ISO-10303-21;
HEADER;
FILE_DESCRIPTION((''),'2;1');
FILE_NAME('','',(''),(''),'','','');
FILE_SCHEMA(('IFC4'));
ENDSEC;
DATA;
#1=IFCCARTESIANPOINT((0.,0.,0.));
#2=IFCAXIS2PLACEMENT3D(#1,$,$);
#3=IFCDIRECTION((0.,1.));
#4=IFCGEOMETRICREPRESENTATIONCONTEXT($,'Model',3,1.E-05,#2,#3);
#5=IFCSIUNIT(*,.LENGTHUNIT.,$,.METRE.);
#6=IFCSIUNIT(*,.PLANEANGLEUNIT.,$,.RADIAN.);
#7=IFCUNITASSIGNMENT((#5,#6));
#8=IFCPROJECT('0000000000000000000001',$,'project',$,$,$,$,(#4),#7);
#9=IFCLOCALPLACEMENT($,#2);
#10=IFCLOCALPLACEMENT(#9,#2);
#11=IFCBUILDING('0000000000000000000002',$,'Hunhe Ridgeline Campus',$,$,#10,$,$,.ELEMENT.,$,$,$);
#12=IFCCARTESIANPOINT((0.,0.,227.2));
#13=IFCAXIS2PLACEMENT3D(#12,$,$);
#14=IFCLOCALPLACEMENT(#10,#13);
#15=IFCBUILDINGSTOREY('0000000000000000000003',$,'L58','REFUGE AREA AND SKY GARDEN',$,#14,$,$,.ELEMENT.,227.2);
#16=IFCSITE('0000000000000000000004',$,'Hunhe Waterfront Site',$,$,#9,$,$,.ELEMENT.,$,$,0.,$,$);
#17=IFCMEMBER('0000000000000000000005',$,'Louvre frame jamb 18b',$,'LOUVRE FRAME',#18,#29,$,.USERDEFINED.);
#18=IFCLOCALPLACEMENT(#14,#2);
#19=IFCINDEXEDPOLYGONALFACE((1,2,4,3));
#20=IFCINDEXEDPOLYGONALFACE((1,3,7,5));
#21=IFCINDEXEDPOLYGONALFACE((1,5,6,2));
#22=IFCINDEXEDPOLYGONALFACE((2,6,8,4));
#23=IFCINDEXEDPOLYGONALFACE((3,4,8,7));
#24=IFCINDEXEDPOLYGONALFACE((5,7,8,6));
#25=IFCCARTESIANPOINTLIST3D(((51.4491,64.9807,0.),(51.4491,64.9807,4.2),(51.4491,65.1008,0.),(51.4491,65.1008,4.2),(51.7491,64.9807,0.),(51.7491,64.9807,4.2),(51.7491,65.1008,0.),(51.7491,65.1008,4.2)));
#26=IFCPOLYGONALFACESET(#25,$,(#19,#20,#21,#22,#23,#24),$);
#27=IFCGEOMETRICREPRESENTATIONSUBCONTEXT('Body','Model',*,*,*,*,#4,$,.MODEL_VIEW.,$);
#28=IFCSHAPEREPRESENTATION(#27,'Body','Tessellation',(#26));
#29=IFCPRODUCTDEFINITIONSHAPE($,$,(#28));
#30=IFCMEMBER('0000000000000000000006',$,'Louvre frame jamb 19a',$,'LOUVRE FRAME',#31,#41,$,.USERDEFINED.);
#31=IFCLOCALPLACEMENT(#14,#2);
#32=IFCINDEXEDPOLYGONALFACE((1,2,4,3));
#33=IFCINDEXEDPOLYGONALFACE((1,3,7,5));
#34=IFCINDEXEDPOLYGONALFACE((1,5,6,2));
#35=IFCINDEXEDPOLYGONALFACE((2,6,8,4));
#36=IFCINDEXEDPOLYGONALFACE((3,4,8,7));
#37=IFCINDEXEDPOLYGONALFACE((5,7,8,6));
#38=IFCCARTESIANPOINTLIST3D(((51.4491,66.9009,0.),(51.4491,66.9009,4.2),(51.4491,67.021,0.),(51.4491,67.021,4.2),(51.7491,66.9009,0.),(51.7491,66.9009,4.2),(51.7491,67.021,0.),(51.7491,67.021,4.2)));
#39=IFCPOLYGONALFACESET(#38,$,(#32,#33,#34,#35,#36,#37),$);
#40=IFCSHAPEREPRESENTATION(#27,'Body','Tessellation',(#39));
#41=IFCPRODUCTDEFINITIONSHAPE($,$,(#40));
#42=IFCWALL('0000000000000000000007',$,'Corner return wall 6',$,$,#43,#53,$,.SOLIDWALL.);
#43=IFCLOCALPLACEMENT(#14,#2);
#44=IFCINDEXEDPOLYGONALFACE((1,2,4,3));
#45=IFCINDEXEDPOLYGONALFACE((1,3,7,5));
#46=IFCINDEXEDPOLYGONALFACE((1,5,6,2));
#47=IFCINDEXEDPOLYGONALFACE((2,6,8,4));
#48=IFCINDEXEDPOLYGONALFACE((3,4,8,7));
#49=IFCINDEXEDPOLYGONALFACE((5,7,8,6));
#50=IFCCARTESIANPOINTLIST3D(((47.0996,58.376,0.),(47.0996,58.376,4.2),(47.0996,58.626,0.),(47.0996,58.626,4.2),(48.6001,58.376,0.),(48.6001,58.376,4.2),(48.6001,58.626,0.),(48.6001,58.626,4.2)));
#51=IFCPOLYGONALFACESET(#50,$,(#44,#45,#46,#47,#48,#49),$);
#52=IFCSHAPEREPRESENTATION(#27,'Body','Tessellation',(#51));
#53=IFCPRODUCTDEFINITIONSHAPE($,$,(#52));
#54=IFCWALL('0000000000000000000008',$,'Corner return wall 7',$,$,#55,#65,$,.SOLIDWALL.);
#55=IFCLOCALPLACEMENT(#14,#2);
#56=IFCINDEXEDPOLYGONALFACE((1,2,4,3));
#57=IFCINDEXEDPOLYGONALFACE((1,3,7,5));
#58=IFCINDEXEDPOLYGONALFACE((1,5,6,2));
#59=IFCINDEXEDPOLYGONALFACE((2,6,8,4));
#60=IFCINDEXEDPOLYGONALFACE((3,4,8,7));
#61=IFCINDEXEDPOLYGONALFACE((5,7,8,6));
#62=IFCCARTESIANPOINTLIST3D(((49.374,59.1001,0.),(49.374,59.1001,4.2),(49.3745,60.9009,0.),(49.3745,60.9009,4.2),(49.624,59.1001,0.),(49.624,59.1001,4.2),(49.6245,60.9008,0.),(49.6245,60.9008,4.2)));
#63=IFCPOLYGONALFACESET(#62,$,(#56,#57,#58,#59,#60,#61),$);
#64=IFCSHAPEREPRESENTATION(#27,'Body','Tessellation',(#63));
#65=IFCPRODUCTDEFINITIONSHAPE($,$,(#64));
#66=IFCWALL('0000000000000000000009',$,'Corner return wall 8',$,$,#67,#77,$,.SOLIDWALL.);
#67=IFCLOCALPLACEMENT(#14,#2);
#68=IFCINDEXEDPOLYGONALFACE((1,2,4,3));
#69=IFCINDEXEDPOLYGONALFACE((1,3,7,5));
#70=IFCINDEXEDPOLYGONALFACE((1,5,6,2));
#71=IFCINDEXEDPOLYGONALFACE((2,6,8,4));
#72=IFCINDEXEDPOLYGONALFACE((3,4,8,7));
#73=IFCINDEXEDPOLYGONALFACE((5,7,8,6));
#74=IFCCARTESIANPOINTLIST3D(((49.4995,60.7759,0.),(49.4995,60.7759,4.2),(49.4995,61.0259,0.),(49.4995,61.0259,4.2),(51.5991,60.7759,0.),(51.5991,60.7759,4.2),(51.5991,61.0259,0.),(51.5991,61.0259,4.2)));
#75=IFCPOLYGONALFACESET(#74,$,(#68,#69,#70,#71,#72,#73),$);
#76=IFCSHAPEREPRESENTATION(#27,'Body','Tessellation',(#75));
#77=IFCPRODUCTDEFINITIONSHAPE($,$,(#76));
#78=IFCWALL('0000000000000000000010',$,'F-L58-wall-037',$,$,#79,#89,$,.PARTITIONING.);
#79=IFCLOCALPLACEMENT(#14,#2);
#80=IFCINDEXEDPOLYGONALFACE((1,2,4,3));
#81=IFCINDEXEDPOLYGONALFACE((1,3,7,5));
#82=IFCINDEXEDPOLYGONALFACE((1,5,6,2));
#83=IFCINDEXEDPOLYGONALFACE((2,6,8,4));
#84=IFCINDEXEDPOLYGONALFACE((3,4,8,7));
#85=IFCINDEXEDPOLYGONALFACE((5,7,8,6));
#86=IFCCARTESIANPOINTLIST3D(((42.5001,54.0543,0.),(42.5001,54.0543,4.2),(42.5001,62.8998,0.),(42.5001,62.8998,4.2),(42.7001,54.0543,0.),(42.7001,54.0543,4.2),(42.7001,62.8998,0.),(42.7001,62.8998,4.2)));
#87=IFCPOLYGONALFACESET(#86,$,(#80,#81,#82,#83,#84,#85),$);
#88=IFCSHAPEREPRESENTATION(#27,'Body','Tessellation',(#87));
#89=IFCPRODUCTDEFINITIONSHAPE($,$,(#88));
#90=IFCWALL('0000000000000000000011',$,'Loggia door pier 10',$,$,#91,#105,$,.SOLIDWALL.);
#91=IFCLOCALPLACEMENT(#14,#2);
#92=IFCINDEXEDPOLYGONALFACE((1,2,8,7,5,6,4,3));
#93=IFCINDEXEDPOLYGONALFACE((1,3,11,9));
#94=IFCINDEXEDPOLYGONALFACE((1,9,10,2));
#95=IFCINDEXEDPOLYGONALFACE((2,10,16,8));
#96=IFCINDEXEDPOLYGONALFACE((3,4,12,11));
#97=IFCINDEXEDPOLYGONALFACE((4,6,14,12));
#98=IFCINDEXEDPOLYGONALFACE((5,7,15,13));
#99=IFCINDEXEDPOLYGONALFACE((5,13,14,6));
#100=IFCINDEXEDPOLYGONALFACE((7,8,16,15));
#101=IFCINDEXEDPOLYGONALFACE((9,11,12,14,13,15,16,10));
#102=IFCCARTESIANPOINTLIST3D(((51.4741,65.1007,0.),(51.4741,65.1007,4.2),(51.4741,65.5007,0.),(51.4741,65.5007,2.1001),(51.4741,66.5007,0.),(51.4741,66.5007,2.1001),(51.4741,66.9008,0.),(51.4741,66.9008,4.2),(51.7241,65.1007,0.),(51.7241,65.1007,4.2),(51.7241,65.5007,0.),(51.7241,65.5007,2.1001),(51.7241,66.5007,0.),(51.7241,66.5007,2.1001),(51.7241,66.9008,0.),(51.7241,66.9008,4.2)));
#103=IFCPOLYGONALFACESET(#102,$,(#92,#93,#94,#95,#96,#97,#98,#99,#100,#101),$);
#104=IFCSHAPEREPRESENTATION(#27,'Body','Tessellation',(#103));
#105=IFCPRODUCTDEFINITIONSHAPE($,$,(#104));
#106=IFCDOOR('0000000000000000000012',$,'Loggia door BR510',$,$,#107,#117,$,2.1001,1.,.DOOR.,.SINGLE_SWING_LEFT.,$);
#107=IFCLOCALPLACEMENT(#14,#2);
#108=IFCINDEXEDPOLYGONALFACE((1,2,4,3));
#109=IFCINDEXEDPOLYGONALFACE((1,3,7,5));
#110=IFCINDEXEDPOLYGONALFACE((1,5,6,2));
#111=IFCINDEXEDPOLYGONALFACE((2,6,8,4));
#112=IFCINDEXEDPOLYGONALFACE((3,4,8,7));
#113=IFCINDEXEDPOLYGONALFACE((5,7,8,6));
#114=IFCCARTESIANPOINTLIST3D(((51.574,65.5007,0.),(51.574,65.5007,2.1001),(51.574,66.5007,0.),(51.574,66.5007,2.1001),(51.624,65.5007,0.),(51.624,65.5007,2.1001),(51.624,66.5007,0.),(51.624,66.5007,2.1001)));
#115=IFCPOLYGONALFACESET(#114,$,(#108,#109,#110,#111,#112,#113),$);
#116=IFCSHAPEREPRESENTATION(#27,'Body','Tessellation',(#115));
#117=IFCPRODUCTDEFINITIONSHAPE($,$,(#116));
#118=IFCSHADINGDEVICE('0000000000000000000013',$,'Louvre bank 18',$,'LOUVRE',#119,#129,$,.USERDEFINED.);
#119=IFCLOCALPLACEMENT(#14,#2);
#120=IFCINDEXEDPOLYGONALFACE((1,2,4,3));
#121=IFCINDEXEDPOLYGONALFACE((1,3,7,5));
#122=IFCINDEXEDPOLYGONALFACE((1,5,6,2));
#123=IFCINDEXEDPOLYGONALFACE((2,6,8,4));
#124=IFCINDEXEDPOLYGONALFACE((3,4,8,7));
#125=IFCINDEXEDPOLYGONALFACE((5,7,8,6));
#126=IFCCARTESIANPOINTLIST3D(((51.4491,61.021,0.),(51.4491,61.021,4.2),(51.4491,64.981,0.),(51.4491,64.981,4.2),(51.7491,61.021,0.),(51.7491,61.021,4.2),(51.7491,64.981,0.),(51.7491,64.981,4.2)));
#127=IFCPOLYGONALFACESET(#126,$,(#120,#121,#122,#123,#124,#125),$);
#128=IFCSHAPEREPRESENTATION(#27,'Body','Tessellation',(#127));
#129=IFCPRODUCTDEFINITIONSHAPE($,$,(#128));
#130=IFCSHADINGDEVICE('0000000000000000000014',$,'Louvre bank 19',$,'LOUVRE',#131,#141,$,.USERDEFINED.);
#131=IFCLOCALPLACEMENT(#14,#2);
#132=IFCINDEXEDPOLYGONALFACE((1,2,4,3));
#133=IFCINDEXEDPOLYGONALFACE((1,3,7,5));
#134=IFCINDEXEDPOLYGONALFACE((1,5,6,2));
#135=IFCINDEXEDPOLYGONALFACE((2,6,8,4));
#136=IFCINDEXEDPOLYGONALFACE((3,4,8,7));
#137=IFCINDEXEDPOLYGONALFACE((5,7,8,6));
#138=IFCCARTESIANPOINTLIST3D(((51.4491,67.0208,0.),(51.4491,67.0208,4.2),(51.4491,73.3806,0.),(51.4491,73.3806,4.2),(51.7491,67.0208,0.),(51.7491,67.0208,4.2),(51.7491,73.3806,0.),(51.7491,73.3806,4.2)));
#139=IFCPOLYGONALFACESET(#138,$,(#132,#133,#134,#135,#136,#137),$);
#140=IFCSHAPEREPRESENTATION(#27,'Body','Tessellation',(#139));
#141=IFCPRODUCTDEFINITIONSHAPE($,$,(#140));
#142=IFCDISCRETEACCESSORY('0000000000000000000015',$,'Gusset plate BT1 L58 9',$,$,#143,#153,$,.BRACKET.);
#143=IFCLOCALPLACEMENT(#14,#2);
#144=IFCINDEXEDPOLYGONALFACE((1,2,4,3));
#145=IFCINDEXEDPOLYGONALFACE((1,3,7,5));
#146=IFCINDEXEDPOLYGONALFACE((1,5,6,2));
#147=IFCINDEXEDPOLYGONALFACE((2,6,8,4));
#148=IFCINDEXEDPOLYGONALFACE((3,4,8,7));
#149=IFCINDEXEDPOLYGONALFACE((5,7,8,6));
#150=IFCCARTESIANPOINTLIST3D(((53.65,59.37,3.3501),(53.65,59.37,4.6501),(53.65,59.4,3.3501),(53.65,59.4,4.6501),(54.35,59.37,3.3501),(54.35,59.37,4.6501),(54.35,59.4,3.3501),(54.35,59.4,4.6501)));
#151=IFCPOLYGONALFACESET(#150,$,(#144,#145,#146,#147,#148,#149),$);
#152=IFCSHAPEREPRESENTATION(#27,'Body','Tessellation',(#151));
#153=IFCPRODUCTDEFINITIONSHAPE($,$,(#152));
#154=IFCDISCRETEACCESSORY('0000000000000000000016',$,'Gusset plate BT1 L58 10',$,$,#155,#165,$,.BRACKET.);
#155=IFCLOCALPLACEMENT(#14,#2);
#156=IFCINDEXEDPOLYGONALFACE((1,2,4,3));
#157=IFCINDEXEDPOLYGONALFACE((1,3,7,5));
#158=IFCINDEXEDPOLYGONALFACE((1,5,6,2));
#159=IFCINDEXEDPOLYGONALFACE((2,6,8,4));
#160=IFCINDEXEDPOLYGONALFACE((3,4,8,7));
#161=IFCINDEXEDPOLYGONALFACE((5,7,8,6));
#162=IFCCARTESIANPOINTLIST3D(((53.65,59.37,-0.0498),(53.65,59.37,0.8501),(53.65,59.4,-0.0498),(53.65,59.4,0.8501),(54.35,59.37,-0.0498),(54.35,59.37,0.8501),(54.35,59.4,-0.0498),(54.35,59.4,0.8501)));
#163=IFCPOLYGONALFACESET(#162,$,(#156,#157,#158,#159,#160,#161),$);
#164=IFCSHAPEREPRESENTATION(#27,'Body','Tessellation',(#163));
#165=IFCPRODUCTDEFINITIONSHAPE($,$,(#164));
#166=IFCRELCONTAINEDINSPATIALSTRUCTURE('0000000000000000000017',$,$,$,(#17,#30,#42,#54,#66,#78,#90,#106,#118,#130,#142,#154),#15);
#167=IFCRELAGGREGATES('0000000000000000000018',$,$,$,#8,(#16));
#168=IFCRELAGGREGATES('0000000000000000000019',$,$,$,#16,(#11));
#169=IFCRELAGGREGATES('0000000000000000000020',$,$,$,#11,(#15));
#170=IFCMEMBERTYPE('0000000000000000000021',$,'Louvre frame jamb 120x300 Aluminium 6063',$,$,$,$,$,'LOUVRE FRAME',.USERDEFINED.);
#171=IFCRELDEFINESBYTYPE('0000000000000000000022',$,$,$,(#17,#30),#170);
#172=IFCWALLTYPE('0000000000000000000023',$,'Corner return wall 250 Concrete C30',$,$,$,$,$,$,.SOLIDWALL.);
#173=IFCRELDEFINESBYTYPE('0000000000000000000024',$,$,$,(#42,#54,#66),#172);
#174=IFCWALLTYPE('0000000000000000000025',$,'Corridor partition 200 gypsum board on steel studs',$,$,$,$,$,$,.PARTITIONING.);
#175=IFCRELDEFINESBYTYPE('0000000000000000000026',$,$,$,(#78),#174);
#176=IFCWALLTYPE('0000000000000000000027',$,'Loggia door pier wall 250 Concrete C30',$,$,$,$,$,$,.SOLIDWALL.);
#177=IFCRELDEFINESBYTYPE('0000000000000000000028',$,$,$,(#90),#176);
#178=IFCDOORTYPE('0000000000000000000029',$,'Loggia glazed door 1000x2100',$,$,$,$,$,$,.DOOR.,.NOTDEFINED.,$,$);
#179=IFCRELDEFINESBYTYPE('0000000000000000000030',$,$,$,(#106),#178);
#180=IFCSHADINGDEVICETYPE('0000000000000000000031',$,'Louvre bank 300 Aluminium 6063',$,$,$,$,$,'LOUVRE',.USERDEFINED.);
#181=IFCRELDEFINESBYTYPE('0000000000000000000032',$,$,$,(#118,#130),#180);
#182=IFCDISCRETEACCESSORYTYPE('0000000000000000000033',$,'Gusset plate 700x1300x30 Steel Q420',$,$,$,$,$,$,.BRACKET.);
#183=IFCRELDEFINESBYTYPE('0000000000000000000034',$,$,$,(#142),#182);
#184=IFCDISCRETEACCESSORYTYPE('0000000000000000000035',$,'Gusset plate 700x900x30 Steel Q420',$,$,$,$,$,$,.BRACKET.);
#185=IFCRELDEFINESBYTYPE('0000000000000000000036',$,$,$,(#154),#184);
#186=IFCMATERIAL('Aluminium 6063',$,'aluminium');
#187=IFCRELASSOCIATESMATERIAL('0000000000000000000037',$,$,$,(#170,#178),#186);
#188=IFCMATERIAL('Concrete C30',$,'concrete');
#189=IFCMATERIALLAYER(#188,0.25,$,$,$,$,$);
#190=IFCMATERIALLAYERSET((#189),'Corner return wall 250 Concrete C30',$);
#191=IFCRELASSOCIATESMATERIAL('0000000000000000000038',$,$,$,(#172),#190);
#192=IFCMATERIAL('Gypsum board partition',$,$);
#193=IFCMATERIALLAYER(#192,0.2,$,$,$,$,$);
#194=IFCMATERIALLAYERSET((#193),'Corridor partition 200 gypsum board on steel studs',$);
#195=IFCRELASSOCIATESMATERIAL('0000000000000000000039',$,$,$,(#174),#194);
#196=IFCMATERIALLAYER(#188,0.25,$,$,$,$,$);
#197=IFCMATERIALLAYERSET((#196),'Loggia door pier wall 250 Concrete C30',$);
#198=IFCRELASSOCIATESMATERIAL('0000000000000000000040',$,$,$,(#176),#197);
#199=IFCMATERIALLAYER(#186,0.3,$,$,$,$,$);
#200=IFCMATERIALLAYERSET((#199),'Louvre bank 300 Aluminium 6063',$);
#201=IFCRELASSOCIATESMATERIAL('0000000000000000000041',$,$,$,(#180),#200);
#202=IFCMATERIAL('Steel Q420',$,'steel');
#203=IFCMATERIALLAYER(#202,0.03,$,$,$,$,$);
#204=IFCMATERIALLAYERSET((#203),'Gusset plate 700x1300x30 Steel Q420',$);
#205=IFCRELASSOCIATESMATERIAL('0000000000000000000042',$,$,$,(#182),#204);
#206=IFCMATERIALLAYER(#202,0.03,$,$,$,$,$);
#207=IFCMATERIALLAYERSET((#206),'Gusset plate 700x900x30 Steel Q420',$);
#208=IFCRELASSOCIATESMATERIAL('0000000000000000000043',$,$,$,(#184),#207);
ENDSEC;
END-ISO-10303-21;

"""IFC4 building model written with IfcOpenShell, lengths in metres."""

from ifc_helpers import new_model, si_unit, direction, frame, frame_2d, origin, origin_2d, place, context, subcontext, project, spatial, rectangle, extrude, material, layer, layer_set, material_profile, profile_set, type_object, element, fill, save


model = new_model("IFC4")

# Units and contexts
model_context = context("Model", 3, precision=1e-05, world=origin(), true_north=direction((0.0, 1.0)))
body_context = subcontext(model_context, "Body", "Model", "MODEL_VIEW")
ifc_project = project(units=[si_unit("LENGTHUNIT", "METRE"), si_unit("PLANEANGLEUNIT", "RADIAN")], contexts=[model_context])

# Site, building, storey
site_placement = place(None, origin())
site = spatial("IfcSite", under=ifc_project, at=site_placement, Name="Hunhe Waterfront Site", CompositionType="ELEMENT", RefElevation=0.0)
building_placement = place(site_placement, origin())
building = spatial("IfcBuilding", under=site, at=building_placement, Name="Hunhe Ridgeline Campus", CompositionType="ELEMENT")
storey_placement = place(building_placement, frame((0.0, 0.0, 227.2)))
storey = spatial("IfcBuildingStorey", under=building, at=storey_placement, Name="L58", Description="REFUGE AREA AND SKY GARDEN", CompositionType="ELEMENT", Elevation=227.2)

# Members
ifc_material_1 = material(Name="Steel Q420", Category="steel")
ifc_material_2 = material(Name="Aluminium 6063", Category="aluminium")
ifc_material_profile_1 = material_profile(ifc_material_2, rectangle(XDim=0.3, YDim=0.1201, at=origin_2d()))
ifc_profile_set_1 = profile_set([ifc_material_profile_1], Name="Aluminium 6063")
member_type_1 = type_object("IfcMemberType", Name="Louvre frame jamb 120x300 Aluminium 6063", ElementType="LOUVRE FRAME", PredefinedType="USERDEFINED", material=ifc_profile_set_1)
for number, where, z_axis, x_axis, name in (
    (1, (51.5991, 65.0408, 0.0), (0.0, 0.0, 1.0), (-1.0, 0.0, 0.0), "Louvre frame jamb 18b"),
    (2, (51.5991, 66.9609, 0.0), (0.0, 0.0, 1.0), (-1.0, 0.0, 0.0), "Louvre frame jamb 19a"),
):
    element("IfcMember", number, at=place(storey_placement, frame(where, z_axis=z_axis, x_axis=x_axis)), inside=storey, type_object=member_type_1, Name=name, ObjectType="LOUVRE FRAME", PredefinedType="USERDEFINED", context=body_context, shape_type="SweptSolid", body=[
        extrude(rectangle(XDim=0.3, YDim=0.1201, at=origin_2d()), origin(), (0.0, 0.0, 1.0), 4.2),
    ])

# Walls
ifc_material_3 = material(Name="Concrete C30", Category="concrete")
ifc_layer_1 = layer(ifc_material_3, 0.25)
ifc_layer_set_1 = layer_set([ifc_layer_1], Name="Corner return wall 250 Concrete C30")
wall_type_1 = type_object("IfcWallType", Name="Corner return wall 250 Concrete C30", PredefinedType="SOLIDWALL", material=ifc_layer_set_1)
wall_1_placement = place(storey_placement, frame((47.0996, 58.501, 0.0), z_axis=(0.0, 0.0, 1.0), x_axis=(1.0, 0.0, 0.0)))
element("IfcWall", 3, at=wall_1_placement, inside=storey, type_object=wall_type_1, Name="Corner return wall 6", PredefinedType="SOLIDWALL", context=body_context, shape_type="SweptSolid", body=[
    extrude(rectangle(XDim=1.5005, YDim=0.25, at=frame_2d((0.7502, 0.0))), origin(), (0.0, 0.0, 1.0), 4.2),
])
wall_2_placement = place(storey_placement, frame((49.499, 59.1001, 0.0), z_axis=(0.0, 0.0, 1.0), x_axis=(0.000271, 1.0, 0.0)))
element("IfcWall", 4, at=wall_2_placement, inside=storey, type_object=wall_type_1, Name="Corner return wall 7", PredefinedType="SOLIDWALL", context=body_context, shape_type="SweptSolid", body=[
    extrude(rectangle(XDim=1.8008, YDim=0.25, at=frame_2d((0.9004, 0.0))), origin(), (0.0, 0.0, 1.0), 4.2),
])
wall_3_placement = place(storey_placement, frame((49.4995, 60.9009, 0.0), z_axis=(0.0, 0.0, 1.0), x_axis=(1.0, 0.0, 0.0)))
element("IfcWall", 5, at=wall_3_placement, inside=storey, type_object=wall_type_1, Name="Corner return wall 8", PredefinedType="SOLIDWALL", context=body_context, shape_type="SweptSolid", body=[
    extrude(rectangle(XDim=2.0996, YDim=0.25, at=frame_2d((1.0498, 0.0))), origin(), (0.0, 0.0, 1.0), 4.2),
])
ifc_material_4 = material(Name="Gypsum board partition")
ifc_layer_2 = layer(ifc_material_4, 0.2)
ifc_layer_set_2 = layer_set([ifc_layer_2], Name="Corridor partition 200 gypsum board on steel studs")
wall_type_2 = type_object("IfcWallType", Name="Corridor partition 200 gypsum board on steel studs", PredefinedType="PARTITIONING", material=ifc_layer_set_2)
wall_4_placement = place(storey_placement, frame((42.6001, 62.8999, 0.0), z_axis=(0.0, 0.0, 1.0), x_axis=(0.0, -1.0, 0.0)))
element("IfcWall", 6, at=wall_4_placement, inside=storey, type_object=wall_type_2, Name="F-L58-wall-037", PredefinedType="PARTITIONING", context=body_context, shape_type="SweptSolid", body=[
    extrude(rectangle(XDim=8.8455, YDim=0.2, at=frame_2d((4.4229, 0.0))), origin(), (0.0, 0.0, 1.0), 4.2),
])

# Wall, opening, door
ifc_layer_3 = layer(ifc_material_3, 0.25)
ifc_layer_set_3 = layer_set([ifc_layer_3], Name="Loggia door pier wall 250 Concrete C30")
wall_type_3 = type_object("IfcWallType", Name="Loggia door pier wall 250 Concrete C30", PredefinedType="SOLIDWALL", material=ifc_layer_set_3)
wall_5_placement = place(storey_placement, frame((51.5991, 65.1008, 0.0), z_axis=(0.0, 0.0, 1.0), x_axis=(0.0, 1.0, 0.0)))
wall_5 = element("IfcWall", 7, at=wall_5_placement, inside=storey, type_object=wall_type_3, Name="Loggia door pier 10", PredefinedType="SOLIDWALL", context=body_context, shape_type="SweptSolid", body=[
    extrude(rectangle(XDim=1.8, YDim=0.25, at=frame_2d((0.8999, 0.0))), origin(), (0.0, 0.0, 1.0), 4.2),
])
opening_placement = place(wall_5_placement, frame((0.3999, 0.0, 0.0)))
opening = element("IfcOpeningElement", 8, at=opening_placement, cuts=wall_5, PredefinedType="OPENING", context=body_context, shape_type="SweptSolid", body=[
    extrude(rectangle(XDim=1.0, YDim=2.1001, at=frame_2d((0.5, 1.05))), frame((0.0, 0.125, 0.0), z_axis=(0.0, -1.0, 0.0), x_axis=(1.0, 0.0, 0.0)), (0.0, 0.0, 1.0), 0.25),
])
door_type = type_object("IfcDoorType", Name="Loggia glazed door 1000x2100", OperationType="NOTDEFINED", PredefinedType="DOOR", material=ifc_material_2)
door_placement = place(opening_placement, frame((1.0, 0.0, 0.0), z_axis=(0.0, 0.0, 1.0), x_axis=(-1.0, 0.0, 0.0)))
door = element("IfcDoor", 9, at=door_placement, inside=storey, type_object=door_type, Name="Loggia door BR510", OperationType="SINGLE_SWING_LEFT", OverallHeight=2.1001, OverallWidth=1.0, PredefinedType="DOOR", context=body_context, shape_type="SweptSolid", body=[
    extrude(rectangle(XDim=1.0, YDim=2.1001, at=frame_2d((0.5, 1.05))), frame((0.0, 0.0249, 0.0), z_axis=(0.0, -1.0, 0.0), x_axis=(1.0, 0.0, 0.0)), (0.0, 0.0, 1.0), 0.05),
])
fill(opening, door)

# Shading devices
ifc_layer_4 = layer(ifc_material_2, 0.3)
ifc_layer_set_4 = layer_set([ifc_layer_4], Name="Louvre bank 300 Aluminium 6063")
shading_device_type = type_object("IfcShadingDeviceType", Name="Louvre bank 300 Aluminium 6063", ElementType="LOUVRE", PredefinedType="USERDEFINED", material=ifc_layer_set_4)
shading_device_1_placement = place(storey_placement, frame((51.5991, 63.001, 0.0), z_axis=(0.0, 0.0, 1.0), x_axis=(0.0, 1.0, 0.0)))
element("IfcShadingDevice", 10, at=shading_device_1_placement, inside=storey, type_object=shading_device_type, Name="Louvre bank 18", ObjectType="LOUVRE", PredefinedType="USERDEFINED", context=body_context, shape_type="SweptSolid", body=[
    extrude(rectangle(XDim=3.96, YDim=0.3, at=origin_2d()), origin(), (0.0, 0.0, 1.0), 4.2),
])
shading_device_2_placement = place(storey_placement, frame((51.5991, 70.2007, 0.0), z_axis=(0.0, 0.0, 1.0), x_axis=(0.0, 1.0, 0.0)))
element("IfcShadingDevice", 11, at=shading_device_2_placement, inside=storey, type_object=shading_device_type, Name="Louvre bank 19", ObjectType="LOUVRE", PredefinedType="USERDEFINED", context=body_context, shape_type="SweptSolid", body=[
    extrude(rectangle(XDim=6.3599, YDim=0.3, at=origin_2d()), origin(), (0.0, 0.0, 1.0), 4.2),
])

# Discrete accessories
ifc_layer_5 = layer(ifc_material_1, 0.03)
ifc_layer_set_5 = layer_set([ifc_layer_5], Name="Gusset plate 700x1300x30 Steel Q420")
discrete_accessory_type_1 = type_object("IfcDiscreteAccessoryType", Name="Gusset plate 700x1300x30 Steel Q420", PredefinedType="BRACKET", material=ifc_layer_set_5)
discrete_accessory_1_placement = place(storey_placement, frame((54.0, 59.385, 3.3501), z_axis=(0.0, 0.0, 1.0), x_axis=(0.0, -1.0, 0.0)))
element("IfcDiscreteAccessory", 12, at=discrete_accessory_1_placement, inside=storey, type_object=discrete_accessory_type_1, Name="Gusset plate BT1 L58 9", PredefinedType="BRACKET", context=body_context, shape_type="SweptSolid", body=[
    extrude(rectangle(XDim=0.03, YDim=0.7, at=origin_2d()), origin(), (0.0, 0.0, 1.0), 1.3),
])
ifc_layer_6 = layer(ifc_material_1, 0.03)
ifc_layer_set_6 = layer_set([ifc_layer_6], Name="Gusset plate 700x900x30 Steel Q420")
discrete_accessory_type_2 = type_object("IfcDiscreteAccessoryType", Name="Gusset plate 700x900x30 Steel Q420", PredefinedType="BRACKET", material=ifc_layer_set_6)
discrete_accessory_2_placement = place(storey_placement, frame((54.0, 59.385, -0.0498), z_axis=(0.0, 0.0, 1.0), x_axis=(0.0, -1.0, 0.0)))
element("IfcDiscreteAccessory", 13, at=discrete_accessory_2_placement, inside=storey, type_object=discrete_accessory_type_2, Name="Gusset plate BT1 L58 10", PredefinedType="BRACKET", context=body_context, shape_type="SweptSolid", body=[
    extrude(rectangle(XDim=0.03, YDim=0.7, at=origin_2d()), origin(), (0.0, 0.0, 1.0), 0.8999),
])

save(model, "model.ifc")
